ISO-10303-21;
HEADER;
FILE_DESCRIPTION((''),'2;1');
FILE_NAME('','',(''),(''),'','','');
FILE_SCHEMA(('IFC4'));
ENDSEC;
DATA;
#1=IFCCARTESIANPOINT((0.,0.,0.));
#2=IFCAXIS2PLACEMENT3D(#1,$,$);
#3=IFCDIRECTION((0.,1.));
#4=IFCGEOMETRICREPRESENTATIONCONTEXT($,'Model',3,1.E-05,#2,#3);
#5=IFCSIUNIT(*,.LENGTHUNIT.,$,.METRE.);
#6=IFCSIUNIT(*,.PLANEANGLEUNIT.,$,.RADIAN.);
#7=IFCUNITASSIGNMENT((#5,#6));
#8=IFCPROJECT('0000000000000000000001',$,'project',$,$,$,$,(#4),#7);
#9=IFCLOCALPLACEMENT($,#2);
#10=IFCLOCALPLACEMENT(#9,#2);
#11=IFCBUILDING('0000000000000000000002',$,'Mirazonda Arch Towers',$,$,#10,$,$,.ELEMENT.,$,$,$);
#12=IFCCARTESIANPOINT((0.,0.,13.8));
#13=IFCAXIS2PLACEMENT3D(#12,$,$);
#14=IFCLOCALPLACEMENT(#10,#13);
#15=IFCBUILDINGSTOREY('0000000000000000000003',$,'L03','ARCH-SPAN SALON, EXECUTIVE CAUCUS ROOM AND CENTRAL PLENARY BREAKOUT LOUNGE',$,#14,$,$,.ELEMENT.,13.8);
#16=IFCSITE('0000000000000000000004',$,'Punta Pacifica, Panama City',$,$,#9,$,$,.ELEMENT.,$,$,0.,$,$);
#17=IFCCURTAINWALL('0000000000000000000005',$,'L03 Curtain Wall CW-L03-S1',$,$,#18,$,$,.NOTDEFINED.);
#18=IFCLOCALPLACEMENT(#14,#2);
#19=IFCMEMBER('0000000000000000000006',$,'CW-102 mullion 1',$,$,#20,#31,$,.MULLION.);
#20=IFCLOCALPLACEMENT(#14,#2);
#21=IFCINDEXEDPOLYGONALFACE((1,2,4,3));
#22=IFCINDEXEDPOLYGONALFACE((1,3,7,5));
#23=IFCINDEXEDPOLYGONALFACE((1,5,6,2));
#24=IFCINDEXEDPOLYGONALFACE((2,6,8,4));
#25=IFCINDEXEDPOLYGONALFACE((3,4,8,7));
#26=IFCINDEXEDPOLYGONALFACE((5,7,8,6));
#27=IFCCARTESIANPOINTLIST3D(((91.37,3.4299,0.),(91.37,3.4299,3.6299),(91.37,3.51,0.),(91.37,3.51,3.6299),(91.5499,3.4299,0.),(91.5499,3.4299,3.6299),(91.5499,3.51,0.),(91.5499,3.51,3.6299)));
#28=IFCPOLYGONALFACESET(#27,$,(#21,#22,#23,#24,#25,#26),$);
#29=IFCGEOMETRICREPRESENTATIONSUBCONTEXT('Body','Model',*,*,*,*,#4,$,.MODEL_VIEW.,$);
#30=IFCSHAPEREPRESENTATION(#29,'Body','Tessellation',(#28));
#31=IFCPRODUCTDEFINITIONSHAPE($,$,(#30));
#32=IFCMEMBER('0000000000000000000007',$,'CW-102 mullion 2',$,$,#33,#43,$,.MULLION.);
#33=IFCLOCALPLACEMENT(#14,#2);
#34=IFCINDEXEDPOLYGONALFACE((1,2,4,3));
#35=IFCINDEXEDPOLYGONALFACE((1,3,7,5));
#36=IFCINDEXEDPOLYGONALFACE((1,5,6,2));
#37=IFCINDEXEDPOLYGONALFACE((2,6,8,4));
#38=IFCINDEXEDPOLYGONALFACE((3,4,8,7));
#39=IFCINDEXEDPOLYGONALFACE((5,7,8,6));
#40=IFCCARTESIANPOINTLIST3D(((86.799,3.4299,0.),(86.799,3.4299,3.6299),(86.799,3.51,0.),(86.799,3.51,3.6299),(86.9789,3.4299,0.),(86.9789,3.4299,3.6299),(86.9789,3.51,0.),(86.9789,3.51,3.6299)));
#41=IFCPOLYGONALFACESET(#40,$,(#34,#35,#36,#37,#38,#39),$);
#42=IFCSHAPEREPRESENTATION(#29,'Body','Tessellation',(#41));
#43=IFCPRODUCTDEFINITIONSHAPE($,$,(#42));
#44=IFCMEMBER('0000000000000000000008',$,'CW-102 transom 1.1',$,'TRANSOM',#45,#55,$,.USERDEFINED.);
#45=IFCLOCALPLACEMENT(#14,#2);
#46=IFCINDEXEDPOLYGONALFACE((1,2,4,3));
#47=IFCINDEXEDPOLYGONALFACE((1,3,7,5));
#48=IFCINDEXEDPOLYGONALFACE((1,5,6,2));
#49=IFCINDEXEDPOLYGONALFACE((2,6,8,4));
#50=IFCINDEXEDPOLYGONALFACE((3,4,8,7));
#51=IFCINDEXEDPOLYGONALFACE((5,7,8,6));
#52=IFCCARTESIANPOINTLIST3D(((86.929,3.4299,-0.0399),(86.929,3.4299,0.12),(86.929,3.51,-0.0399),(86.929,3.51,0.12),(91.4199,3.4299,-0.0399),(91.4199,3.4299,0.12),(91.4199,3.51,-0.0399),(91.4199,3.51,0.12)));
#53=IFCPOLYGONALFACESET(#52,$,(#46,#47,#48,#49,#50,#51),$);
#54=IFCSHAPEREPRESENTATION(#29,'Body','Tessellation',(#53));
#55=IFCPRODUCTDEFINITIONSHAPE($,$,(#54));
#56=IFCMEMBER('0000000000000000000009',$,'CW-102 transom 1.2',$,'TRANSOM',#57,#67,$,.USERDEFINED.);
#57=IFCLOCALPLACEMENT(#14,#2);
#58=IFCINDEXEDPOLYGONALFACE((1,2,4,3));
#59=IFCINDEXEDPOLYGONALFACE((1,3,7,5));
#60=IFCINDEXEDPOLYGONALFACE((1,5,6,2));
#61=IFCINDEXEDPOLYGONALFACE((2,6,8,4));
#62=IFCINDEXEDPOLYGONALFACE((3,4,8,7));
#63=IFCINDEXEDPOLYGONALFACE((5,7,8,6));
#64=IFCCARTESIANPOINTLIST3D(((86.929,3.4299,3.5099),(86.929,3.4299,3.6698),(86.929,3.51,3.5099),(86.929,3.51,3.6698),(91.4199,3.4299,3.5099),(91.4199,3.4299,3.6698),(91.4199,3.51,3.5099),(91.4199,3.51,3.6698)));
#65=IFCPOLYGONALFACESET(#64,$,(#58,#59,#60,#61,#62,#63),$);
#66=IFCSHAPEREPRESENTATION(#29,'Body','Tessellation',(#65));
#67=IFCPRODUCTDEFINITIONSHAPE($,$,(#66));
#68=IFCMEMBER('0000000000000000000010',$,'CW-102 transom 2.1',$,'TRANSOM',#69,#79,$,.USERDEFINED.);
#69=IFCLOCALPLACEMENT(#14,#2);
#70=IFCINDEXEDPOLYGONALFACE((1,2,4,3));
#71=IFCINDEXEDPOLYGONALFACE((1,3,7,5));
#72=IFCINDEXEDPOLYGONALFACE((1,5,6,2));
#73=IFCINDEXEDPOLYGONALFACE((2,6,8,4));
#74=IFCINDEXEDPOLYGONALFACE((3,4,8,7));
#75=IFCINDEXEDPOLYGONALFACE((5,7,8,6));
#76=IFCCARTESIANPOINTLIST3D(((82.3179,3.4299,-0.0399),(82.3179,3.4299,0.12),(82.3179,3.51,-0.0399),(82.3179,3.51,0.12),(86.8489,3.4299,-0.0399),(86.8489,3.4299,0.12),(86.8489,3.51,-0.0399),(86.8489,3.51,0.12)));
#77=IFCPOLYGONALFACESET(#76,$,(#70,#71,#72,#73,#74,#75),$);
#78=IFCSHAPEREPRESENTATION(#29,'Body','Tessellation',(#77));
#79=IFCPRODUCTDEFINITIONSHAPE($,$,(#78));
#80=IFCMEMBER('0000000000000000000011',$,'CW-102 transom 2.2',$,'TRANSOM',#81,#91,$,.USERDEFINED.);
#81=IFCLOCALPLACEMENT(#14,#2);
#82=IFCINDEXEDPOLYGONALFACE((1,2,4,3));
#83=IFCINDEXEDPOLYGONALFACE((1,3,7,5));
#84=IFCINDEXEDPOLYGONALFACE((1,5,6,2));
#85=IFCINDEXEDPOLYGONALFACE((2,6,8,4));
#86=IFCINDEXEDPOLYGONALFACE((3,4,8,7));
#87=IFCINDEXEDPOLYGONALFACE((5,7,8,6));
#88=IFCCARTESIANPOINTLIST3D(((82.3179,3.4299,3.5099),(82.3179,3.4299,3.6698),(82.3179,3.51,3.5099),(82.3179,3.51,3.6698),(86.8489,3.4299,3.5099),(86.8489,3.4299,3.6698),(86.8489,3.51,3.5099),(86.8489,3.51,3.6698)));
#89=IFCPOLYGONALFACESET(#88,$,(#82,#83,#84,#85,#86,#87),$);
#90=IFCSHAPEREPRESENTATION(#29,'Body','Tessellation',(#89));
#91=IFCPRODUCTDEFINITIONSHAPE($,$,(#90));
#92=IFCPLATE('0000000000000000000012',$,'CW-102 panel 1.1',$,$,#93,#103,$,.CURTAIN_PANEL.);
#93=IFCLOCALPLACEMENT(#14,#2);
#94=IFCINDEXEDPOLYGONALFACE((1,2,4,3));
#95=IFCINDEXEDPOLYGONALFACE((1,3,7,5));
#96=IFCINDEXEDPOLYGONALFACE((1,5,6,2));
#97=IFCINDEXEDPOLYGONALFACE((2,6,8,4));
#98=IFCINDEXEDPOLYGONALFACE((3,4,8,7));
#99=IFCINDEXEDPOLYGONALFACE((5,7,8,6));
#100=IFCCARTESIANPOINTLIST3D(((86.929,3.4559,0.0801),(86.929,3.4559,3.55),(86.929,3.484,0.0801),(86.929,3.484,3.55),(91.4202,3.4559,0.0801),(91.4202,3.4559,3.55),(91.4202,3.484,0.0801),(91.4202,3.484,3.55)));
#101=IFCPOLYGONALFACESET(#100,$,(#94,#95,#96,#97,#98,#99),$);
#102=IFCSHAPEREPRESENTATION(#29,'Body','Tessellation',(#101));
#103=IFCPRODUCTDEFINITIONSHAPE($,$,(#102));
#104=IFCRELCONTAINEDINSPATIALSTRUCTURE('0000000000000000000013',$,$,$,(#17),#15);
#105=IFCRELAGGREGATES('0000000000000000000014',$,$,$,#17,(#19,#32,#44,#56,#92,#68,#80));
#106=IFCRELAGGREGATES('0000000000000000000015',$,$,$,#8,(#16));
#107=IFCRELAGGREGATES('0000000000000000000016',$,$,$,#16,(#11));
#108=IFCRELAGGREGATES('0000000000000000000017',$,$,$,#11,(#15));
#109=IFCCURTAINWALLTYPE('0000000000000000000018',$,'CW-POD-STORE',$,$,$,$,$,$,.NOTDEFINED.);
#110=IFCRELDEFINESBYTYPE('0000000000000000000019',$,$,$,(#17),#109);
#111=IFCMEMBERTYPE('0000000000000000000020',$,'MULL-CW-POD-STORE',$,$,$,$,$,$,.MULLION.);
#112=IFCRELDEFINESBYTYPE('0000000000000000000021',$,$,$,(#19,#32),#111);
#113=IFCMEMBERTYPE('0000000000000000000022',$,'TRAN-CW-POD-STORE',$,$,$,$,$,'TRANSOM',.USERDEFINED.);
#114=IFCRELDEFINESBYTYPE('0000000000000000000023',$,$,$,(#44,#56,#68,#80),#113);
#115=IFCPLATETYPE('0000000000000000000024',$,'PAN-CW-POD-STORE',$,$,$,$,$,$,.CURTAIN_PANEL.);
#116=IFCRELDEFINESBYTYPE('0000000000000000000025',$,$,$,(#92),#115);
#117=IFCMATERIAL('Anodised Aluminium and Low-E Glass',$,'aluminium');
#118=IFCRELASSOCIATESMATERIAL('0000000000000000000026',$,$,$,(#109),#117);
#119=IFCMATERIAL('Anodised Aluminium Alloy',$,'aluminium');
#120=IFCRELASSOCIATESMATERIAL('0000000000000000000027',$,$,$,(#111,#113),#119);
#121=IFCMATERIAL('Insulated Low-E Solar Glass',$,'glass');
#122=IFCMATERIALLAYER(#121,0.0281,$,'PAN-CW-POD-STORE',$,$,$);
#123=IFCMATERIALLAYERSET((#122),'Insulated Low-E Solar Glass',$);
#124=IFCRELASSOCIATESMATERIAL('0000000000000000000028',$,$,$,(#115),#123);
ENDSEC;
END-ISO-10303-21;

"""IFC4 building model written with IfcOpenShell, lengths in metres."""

from ifc_helpers import new_model, si_unit, direction, frame, origin, origin_2d, place, context, subcontext, project, spatial, rectangle, extrude, material, layer, layer_set, material_profile, profile_set, type_object, element, aggregate, save


model = new_model("IFC4")

# Units and contexts
model_context = context("Model", 3, precision=1e-05, world=origin(), true_north=direction((0.0, 1.0)))
body_context = subcontext(model_context, "Body", "Model", "MODEL_VIEW")
ifc_project = project(units=[si_unit("LENGTHUNIT", "METRE"), si_unit("PLANEANGLEUNIT", "RADIAN")], contexts=[model_context])

# Site, building, storey
site_placement = place(None, origin())
site = spatial("IfcSite", under=ifc_project, at=site_placement, Name="Punta Pacifica, Panama City", CompositionType="ELEMENT", RefElevation=0.0)
building_placement = place(site_placement, origin())
building = spatial("IfcBuilding", under=site, at=building_placement, Name="Mirazonda Arch Towers", CompositionType="ELEMENT")
storey_placement = place(building_placement, frame((0.0, 0.0, 13.8)))
storey = spatial("IfcBuildingStorey", under=building, at=storey_placement, Name="L03", Description="ARCH-SPAN SALON, EXECUTIVE CAUCUS ROOM AND CENTRAL PLENARY BREAKOUT LOUNGE", CompositionType="ELEMENT", Elevation=13.8)

# Curtain wall, members, plate
ifc_material_1 = material(Name="Anodised Aluminium and Low-E Glass", Category="aluminium")
curtain_wall_type = type_object("IfcCurtainWallType", Name="CW-POD-STORE", PredefinedType="NOTDEFINED", material=ifc_material_1)
curtain_wall_placement = place(storey_placement, origin())
curtain_wall = element("IfcCurtainWall", 1, at=curtain_wall_placement, inside=storey, type_object=curtain_wall_type, Name="L03 Curtain Wall CW-L03-S1", PredefinedType="NOTDEFINED")
ifc_material_2 = material(Name="Anodised Aluminium Alloy", Category="aluminium")
ifc_material_profile_1 = material_profile(ifc_material_2, rectangle(XDim=0.0801, YDim=0.1799, at=origin_2d()), Name="ALU-MULL-80x180")
ifc_profile_set_1 = profile_set([ifc_material_profile_1], Name="Anodised Aluminium Alloy")
member_type_1 = type_object("IfcMemberType", Name="MULL-CW-POD-STORE", PredefinedType="MULLION", material=ifc_profile_set_1)
member_1_placement = place(storey_placement, frame((91.46, 3.47, 0.0), z_axis=(0.0, 0.0, 1.0), x_axis=(0.0, -1.0, 0.0)))
member_1 = element("IfcMember", 2, at=member_1_placement, type_object=member_type_1, Name="CW-102 mullion 1", PredefinedType="MULLION", context=body_context, shape_type="SweptSolid", body=[
    extrude(rectangle(XDim=0.0801, YDim=0.1799, at=origin_2d()), origin(), (0.0, 0.0, 1.0), 3.6299),
])
member_2_placement = place(storey_placement, frame((86.8889, 3.47, 0.0), z_axis=(0.0, 0.0, 1.0), x_axis=(0.0, -1.0, 0.0)))
member_2 = element("IfcMember", 3, at=member_2_placement, type_object=member_type_1, Name="CW-102 mullion 2", PredefinedType="MULLION", context=body_context, shape_type="SweptSolid", body=[
    extrude(rectangle(XDim=0.0801, YDim=0.1799, at=origin_2d()), origin(), (0.0, 0.0, 1.0), 3.6299),
])
ifc_material_profile_2 = material_profile(ifc_material_2, rectangle(XDim=0.0801, YDim=0.1599, at=origin_2d()), Name="ALU-TRAN-80x160")
ifc_profile_set_2 = profile_set([ifc_material_profile_2], Name="Anodised Aluminium Alloy")
member_type_2 = type_object("IfcMemberType", Name="TRAN-CW-POD-STORE", ElementType="TRANSOM", PredefinedType="USERDEFINED", material=ifc_profile_set_2)
member_3_placement = place(storey_placement, frame((91.4199, 3.47, 0.04), z_axis=(-1.0, 0.0, 0.0), x_axis=(0.0, -1.0, 0.0)))
member_3 = element("IfcMember", 4, at=member_3_placement, type_object=member_type_2, Name="CW-102 transom 1.1", ObjectType="TRANSOM", PredefinedType="USERDEFINED", context=body_context, shape_type="SweptSolid", body=[
    extrude(rectangle(XDim=0.0801, YDim=0.1599, at=origin_2d()), origin(), (0.0, 0.0, 1.0), 4.491),
])
member_4_placement = place(storey_placement, frame((91.4199, 3.47, 3.5898), z_axis=(-1.0, 0.0, 0.0), x_axis=(0.0, -1.0, 0.0)))
member_4 = element("IfcMember", 5, at=member_4_placement, type_object=member_type_2, Name="CW-102 transom 1.2", ObjectType="TRANSOM", PredefinedType="USERDEFINED", context=body_context, shape_type="SweptSolid", body=[
    extrude(rectangle(XDim=0.0801, YDim=0.1599, at=origin_2d()), origin(), (0.0, 0.0, 1.0), 4.491),
])
member_5_placement = place(storey_placement, frame((86.8489, 3.47, 0.04), z_axis=(-1.0, 0.0, 0.0), x_axis=(0.0, -1.0, 0.0)))
member_5 = element("IfcMember", 6, at=member_5_placement, type_object=member_type_2, Name="CW-102 transom 2.1", ObjectType="TRANSOM", PredefinedType="USERDEFINED", context=body_context, shape_type="SweptSolid", body=[
    extrude(rectangle(XDim=0.0801, YDim=0.1599, at=origin_2d()), origin(), (0.0, 0.0, 1.0), 4.531),
])
member_6_placement = place(storey_placement, frame((86.8489, 3.47, 3.5898), z_axis=(-1.0, 0.0, 0.0), x_axis=(0.0, -1.0, 0.0)))
member_6 = element("IfcMember", 7, at=member_6_placement, type_object=member_type_2, Name="CW-102 transom 2.2", ObjectType="TRANSOM", PredefinedType="USERDEFINED", context=body_context, shape_type="SweptSolid", body=[
    extrude(rectangle(XDim=0.0801, YDim=0.1599, at=origin_2d()), origin(), (0.0, 0.0, 1.0), 4.531),
])
ifc_material_3 = material(Name="Insulated Low-E Solar Glass", Category="glass")
ifc_layer_1 = layer(ifc_material_3, 0.0281, Name="PAN-CW-POD-STORE")
ifc_layer_set_1 = layer_set([ifc_layer_1], Name="Insulated Low-E Solar Glass")
plate_type = type_object("IfcPlateType", Name="PAN-CW-POD-STORE", PredefinedType="CURTAIN_PANEL", material=ifc_layer_set_1)
plate_placement = place(storey_placement, frame((89.1746, 3.47, 0.0801), z_axis=(0.0, 0.0, 1.0), x_axis=(-1.0, 0.0, 0.0)))
plate = element("IfcPlate", 8, at=plate_placement, type_object=plate_type, Name="CW-102 panel 1.1", PredefinedType="CURTAIN_PANEL", context=body_context, shape_type="SweptSolid", body=[
    extrude(rectangle(XDim=4.4912, YDim=0.0281, at=origin_2d()), origin(), (0.0, 0.0, 1.0), 3.47),
])
aggregate(curtain_wall, [member_1, member_2, member_3, member_4, plate, member_5, member_6])

save(model, "model.ifc")
